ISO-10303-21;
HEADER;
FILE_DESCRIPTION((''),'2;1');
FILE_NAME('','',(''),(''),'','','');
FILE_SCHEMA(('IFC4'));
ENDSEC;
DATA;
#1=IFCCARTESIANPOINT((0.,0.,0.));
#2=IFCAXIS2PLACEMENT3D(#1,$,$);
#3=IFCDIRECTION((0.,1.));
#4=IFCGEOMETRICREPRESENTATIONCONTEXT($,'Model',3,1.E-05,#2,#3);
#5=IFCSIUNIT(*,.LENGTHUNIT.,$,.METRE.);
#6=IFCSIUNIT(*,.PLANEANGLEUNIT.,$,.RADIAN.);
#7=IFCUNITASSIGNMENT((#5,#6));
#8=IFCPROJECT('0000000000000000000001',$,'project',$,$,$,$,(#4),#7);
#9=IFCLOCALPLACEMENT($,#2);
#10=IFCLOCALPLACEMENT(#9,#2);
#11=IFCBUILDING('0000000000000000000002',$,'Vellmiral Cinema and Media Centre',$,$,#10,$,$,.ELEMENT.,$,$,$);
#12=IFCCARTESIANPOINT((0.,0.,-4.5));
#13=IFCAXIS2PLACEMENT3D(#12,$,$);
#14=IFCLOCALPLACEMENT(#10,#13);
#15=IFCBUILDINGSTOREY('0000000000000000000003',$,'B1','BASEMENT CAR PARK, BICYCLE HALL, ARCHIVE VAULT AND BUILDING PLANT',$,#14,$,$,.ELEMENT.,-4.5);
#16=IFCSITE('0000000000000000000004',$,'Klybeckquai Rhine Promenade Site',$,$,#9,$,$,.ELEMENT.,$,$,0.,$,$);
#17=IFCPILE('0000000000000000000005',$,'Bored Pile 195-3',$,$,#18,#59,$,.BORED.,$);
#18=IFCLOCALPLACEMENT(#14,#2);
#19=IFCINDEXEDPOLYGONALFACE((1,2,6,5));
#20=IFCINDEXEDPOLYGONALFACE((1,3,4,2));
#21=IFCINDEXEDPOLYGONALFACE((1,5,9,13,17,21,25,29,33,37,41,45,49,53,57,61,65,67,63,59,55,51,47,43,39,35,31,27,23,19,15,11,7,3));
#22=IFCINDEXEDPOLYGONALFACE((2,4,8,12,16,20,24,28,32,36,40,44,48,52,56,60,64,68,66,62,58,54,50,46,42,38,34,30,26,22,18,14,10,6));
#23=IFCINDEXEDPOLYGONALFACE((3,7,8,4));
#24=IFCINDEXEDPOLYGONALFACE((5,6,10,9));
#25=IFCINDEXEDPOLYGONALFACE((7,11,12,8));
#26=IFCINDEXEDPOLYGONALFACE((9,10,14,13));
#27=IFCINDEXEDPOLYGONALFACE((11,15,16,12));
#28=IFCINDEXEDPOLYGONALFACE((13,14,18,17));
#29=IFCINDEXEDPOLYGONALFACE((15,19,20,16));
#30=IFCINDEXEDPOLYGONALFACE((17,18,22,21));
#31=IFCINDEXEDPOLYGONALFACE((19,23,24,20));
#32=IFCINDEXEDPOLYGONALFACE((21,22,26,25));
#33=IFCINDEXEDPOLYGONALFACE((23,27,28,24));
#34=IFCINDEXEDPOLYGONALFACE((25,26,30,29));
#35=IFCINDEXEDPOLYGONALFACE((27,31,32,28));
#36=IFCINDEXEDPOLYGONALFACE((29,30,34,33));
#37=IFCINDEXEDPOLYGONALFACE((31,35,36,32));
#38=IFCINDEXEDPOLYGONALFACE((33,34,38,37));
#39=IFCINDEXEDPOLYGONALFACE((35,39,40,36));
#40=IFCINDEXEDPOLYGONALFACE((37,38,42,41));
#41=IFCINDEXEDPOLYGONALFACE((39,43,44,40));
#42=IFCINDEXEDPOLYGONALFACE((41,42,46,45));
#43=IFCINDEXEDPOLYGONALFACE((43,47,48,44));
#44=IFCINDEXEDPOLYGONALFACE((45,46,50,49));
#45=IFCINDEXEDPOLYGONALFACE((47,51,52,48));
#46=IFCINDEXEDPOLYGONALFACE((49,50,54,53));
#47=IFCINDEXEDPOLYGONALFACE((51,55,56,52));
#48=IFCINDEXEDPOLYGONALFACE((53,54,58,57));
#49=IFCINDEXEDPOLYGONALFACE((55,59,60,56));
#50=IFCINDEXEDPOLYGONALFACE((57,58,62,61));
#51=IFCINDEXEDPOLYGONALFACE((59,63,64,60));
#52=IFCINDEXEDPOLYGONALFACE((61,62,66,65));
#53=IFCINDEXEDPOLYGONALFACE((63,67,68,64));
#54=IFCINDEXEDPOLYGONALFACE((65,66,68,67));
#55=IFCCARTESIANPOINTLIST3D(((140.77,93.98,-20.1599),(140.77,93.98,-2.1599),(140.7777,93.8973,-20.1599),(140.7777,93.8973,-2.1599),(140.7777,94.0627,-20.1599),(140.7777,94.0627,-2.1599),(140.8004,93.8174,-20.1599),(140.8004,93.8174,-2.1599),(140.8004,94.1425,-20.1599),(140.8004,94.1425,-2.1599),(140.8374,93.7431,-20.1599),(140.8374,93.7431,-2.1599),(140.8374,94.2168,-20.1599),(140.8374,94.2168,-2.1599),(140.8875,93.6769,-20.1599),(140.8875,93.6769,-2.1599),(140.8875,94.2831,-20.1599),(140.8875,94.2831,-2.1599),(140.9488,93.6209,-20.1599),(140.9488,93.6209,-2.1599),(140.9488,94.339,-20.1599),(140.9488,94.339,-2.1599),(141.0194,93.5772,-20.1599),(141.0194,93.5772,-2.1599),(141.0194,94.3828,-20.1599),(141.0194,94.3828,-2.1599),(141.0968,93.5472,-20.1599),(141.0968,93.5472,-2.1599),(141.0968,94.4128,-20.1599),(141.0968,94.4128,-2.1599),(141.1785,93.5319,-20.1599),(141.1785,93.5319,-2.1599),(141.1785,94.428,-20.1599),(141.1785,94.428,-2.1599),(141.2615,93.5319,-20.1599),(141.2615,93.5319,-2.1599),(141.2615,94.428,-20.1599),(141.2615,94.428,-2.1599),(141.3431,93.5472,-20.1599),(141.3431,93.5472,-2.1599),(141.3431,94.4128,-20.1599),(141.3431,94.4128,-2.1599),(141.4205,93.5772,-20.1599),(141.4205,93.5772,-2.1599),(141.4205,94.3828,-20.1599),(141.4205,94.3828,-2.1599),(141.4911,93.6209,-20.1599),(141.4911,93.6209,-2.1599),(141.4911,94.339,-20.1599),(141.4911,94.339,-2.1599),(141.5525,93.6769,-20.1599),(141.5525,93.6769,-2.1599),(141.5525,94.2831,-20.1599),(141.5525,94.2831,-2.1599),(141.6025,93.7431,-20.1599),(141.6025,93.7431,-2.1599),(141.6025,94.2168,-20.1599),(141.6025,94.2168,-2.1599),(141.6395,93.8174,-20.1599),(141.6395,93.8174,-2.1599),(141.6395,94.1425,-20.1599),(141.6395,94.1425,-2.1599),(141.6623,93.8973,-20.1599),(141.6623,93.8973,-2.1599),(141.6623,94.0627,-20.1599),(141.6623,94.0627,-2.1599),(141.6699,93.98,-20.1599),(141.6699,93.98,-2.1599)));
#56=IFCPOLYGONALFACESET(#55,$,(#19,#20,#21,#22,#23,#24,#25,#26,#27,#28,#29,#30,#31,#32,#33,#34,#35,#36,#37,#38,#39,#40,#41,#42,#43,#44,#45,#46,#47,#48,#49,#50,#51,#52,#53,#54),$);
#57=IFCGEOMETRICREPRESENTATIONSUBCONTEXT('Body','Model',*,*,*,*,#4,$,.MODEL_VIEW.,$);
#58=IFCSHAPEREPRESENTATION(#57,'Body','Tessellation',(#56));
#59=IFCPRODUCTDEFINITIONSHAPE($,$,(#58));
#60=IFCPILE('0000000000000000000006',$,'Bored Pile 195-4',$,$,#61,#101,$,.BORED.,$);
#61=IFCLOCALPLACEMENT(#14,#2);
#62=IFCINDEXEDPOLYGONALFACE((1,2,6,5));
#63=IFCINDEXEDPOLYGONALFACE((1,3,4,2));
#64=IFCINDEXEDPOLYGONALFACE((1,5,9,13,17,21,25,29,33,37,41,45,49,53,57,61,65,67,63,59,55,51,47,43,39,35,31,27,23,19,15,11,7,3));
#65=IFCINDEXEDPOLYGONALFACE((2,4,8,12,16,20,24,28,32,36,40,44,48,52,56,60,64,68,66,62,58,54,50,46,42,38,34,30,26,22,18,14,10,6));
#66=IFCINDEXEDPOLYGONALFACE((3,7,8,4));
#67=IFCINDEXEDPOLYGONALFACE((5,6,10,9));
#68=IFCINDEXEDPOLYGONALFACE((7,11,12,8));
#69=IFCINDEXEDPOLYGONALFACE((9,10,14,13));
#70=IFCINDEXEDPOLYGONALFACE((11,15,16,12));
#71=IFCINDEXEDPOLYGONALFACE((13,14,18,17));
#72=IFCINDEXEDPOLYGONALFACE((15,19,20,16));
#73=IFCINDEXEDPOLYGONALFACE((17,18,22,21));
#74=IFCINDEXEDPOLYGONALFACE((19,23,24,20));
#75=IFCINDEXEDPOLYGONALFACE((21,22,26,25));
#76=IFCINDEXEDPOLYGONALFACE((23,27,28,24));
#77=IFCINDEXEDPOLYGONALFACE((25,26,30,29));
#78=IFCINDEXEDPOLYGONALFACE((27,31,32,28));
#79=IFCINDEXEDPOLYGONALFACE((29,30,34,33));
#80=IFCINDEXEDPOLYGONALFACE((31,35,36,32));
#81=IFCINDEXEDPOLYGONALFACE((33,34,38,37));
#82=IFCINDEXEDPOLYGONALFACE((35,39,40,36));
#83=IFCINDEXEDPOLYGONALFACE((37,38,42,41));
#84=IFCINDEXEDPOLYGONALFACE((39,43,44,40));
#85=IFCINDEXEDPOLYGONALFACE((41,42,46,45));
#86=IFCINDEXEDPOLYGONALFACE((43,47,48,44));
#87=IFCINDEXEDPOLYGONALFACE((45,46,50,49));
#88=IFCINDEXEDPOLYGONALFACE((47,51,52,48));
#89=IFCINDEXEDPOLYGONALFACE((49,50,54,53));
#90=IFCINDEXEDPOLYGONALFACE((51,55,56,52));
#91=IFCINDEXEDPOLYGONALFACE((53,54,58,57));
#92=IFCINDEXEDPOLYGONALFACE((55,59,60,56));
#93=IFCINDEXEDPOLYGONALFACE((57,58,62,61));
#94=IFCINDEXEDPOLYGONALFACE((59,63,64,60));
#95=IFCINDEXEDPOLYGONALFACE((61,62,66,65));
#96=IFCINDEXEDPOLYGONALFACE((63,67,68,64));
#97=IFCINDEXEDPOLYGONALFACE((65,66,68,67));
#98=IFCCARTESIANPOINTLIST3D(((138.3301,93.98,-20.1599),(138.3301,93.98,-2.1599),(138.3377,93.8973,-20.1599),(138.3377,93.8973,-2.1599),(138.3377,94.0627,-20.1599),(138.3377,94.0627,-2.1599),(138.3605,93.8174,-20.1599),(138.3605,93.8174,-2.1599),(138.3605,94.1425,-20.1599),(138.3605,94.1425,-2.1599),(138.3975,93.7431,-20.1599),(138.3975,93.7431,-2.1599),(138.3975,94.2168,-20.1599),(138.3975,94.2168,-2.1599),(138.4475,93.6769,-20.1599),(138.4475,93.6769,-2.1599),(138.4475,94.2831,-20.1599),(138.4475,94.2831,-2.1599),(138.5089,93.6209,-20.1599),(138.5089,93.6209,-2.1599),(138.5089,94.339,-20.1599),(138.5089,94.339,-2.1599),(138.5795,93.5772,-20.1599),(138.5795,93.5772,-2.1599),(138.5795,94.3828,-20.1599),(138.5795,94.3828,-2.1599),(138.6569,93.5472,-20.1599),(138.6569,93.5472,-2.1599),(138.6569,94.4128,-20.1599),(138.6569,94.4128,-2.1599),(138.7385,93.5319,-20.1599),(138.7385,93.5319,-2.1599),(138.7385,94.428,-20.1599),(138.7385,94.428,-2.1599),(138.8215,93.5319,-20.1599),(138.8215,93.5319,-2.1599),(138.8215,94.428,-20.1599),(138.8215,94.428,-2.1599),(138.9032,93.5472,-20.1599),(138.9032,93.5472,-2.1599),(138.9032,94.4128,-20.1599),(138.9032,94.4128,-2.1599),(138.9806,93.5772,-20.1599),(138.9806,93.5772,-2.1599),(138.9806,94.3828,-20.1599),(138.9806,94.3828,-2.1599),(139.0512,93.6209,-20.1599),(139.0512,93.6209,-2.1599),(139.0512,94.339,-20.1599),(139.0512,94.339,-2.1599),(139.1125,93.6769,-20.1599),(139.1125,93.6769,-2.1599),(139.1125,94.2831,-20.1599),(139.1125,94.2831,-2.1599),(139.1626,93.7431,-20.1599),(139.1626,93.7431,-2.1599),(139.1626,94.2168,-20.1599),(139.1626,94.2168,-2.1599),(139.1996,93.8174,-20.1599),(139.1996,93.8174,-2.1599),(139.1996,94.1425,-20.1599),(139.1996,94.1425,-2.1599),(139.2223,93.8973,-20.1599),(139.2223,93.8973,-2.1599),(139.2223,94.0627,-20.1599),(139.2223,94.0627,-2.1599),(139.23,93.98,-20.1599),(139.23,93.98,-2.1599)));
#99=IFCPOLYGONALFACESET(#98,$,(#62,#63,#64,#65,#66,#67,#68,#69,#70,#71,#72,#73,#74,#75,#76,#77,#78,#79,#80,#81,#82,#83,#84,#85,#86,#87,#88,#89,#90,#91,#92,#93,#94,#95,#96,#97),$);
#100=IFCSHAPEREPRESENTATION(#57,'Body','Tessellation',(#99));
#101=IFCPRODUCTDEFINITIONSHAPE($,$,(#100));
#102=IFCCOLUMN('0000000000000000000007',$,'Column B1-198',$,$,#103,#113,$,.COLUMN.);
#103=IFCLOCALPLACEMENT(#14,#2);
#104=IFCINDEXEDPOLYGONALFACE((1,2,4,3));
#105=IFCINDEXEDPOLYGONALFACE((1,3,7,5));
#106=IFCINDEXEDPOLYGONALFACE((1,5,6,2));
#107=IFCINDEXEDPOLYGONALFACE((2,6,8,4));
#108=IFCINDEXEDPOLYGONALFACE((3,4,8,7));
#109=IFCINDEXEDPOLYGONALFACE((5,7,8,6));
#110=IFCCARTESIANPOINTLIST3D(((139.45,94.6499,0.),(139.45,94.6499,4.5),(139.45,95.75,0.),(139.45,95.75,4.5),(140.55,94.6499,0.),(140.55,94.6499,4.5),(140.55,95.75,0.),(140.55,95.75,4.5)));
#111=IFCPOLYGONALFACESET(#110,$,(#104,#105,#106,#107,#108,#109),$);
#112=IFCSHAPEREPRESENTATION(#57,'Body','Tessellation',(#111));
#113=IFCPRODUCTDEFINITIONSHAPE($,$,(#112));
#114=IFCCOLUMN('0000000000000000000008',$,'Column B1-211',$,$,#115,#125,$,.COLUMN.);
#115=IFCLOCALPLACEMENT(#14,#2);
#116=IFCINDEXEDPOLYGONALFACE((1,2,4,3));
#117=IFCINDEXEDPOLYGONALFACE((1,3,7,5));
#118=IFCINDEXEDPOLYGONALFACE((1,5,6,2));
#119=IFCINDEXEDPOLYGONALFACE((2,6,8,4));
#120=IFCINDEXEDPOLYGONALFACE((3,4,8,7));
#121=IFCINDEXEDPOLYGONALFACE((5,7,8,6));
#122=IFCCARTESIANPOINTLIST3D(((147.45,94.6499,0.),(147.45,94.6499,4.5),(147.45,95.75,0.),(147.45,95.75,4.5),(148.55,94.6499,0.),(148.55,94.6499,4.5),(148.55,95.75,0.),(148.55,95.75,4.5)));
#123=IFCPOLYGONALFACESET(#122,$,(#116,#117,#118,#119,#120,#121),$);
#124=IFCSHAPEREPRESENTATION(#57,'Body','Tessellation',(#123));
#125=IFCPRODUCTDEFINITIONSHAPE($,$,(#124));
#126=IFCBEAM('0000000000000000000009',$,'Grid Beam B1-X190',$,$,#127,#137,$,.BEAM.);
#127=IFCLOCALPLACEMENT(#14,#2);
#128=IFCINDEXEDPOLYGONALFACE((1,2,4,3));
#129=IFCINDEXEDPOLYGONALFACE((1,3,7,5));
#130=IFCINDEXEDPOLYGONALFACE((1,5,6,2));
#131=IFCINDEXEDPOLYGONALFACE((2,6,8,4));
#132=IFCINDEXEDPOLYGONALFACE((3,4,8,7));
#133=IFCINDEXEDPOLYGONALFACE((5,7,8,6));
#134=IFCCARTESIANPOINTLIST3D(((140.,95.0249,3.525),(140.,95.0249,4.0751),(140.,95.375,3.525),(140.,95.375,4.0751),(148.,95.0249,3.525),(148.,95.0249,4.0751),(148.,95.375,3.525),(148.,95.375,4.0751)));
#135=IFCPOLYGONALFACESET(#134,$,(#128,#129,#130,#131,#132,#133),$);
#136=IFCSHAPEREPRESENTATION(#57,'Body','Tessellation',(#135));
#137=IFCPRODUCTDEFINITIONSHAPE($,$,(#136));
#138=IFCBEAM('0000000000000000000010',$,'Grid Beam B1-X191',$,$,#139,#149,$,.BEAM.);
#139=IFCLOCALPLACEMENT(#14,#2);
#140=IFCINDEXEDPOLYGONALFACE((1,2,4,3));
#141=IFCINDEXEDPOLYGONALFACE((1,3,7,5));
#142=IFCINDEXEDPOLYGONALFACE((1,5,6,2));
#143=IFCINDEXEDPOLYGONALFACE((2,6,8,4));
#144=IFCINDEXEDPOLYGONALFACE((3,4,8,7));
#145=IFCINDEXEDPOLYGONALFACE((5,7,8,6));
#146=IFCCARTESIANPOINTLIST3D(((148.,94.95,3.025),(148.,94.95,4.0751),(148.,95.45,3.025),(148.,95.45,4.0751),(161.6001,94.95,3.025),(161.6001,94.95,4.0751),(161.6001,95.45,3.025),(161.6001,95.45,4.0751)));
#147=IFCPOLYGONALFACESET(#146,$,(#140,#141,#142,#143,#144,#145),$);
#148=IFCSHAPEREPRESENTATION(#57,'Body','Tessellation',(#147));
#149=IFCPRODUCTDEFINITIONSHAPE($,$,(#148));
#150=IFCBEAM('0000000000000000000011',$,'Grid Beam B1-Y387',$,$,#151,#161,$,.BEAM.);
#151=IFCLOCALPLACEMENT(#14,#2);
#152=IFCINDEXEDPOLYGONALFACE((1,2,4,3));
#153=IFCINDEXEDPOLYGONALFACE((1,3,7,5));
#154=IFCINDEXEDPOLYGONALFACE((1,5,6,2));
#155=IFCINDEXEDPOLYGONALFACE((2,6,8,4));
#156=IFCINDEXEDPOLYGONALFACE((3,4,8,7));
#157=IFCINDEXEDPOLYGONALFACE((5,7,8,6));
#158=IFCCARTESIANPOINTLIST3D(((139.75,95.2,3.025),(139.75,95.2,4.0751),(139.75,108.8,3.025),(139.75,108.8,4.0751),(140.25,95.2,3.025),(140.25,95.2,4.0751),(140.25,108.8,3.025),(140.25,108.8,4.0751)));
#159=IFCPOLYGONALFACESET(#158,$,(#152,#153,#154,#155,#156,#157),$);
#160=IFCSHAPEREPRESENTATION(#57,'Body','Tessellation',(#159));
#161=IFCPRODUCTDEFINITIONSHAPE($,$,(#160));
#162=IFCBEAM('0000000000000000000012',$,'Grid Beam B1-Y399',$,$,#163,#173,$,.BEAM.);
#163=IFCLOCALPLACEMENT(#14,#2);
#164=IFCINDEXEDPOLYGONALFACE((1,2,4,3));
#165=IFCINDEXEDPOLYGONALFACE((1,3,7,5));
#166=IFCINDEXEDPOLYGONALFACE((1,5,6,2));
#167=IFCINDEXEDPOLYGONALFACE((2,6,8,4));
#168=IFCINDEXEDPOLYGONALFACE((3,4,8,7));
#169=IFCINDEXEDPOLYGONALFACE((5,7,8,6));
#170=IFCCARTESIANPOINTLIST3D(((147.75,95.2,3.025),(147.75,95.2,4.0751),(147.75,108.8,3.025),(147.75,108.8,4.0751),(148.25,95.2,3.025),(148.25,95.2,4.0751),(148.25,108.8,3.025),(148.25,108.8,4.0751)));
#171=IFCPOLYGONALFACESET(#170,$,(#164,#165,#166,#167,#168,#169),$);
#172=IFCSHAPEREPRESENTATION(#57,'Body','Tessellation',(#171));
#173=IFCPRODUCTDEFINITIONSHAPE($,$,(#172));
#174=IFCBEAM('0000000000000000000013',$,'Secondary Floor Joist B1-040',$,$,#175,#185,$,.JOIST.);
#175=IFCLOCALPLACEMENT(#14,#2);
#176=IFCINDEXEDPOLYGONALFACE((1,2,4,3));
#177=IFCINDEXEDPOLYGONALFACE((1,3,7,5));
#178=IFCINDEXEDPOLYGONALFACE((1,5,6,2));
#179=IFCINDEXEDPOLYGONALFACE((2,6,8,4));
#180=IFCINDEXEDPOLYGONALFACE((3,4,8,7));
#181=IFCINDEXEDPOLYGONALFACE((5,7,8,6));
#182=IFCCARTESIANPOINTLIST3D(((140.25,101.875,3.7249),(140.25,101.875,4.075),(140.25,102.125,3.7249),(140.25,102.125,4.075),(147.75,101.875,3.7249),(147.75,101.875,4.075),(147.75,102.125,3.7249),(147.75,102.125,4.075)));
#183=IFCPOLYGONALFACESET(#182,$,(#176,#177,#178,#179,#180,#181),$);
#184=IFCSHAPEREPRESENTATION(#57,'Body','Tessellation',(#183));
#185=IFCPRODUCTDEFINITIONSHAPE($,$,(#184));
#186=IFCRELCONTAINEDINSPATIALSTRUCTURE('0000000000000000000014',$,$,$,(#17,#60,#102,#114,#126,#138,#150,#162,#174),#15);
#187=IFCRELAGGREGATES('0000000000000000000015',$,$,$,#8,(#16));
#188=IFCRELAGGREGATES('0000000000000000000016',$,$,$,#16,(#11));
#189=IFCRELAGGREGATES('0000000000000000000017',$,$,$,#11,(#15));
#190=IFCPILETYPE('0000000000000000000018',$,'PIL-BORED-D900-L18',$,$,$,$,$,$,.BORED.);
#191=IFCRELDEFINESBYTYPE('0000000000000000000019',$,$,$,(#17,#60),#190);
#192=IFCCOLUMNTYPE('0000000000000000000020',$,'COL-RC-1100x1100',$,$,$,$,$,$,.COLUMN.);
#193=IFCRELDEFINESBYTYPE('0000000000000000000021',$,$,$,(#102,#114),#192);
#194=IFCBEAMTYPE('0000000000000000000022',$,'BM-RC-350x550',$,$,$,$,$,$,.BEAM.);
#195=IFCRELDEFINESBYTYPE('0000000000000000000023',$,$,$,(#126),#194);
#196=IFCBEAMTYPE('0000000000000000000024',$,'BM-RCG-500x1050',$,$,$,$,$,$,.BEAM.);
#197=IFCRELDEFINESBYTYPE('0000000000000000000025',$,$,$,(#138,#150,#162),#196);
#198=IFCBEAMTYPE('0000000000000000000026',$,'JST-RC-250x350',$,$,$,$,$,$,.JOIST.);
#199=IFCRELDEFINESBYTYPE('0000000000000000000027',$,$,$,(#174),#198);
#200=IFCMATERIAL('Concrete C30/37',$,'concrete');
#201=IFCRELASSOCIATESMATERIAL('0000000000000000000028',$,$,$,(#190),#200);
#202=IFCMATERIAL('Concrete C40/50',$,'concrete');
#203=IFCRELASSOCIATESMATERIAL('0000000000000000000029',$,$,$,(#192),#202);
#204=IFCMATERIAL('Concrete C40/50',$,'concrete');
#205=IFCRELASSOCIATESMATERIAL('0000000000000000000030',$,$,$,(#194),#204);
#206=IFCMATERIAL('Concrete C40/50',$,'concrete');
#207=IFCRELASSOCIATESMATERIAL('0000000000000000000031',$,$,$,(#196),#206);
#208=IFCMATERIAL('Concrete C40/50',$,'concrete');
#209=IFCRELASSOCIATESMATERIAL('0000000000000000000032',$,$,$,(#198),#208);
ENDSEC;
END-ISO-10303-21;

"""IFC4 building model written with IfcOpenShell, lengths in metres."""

from ifc_helpers import new_model, si_unit, direction, frame, origin, origin_2d, place, context, subcontext, project, spatial, rectangle, circle, extrude, material, material_profile, profile_set, type_object, element, save


model = new_model("IFC4")

# Units and contexts
model_context = context("Model", 3, precision=1e-05, world=origin(), true_north=direction((0.0, 1.0)))
body_context = subcontext(model_context, "Body", "Model", "MODEL_VIEW")
ifc_project = project(units=[si_unit("LENGTHUNIT", "METRE"), si_unit("PLANEANGLEUNIT", "RADIAN")], contexts=[model_context])

# Site, building, storey
site_placement = place(None, origin())
site = spatial("IfcSite", under=ifc_project, at=site_placement, Name="Klybeckquai Rhine Promenade Site", CompositionType="ELEMENT", RefElevation=0.0)
building_placement = place(site_placement, origin())
building = spatial("IfcBuilding", under=site, at=building_placement, Name="Vellmiral Cinema and Media Centre", CompositionType="ELEMENT")
storey_placement = place(building_placement, frame((0.0, 0.0, -4.5)))
storey = spatial("IfcBuildingStorey", under=building, at=storey_placement, Name="B1", Description="BASEMENT CAR PARK, BICYCLE HALL, ARCHIVE VAULT AND BUILDING PLANT", CompositionType="ELEMENT", Elevation=-4.5)

# Piles
ifc_material_1 = material(Name="Concrete C30/37", Category="concrete")
ifc_material_profile_1 = material_profile(ifc_material_1, circle(Radius=0.45, at=origin_2d()), Name="PILE D900")
ifc_profile_set_1 = profile_set([ifc_material_profile_1], Name="Concrete C30/37")
pile_type_1 = type_object("IfcPileType", Name="PIL-BORED-D900-L18", PredefinedType="BORED", material=ifc_profile_set_1)
for number, where, z_axis, x_axis, name in (
    (1, (141.22, 93.98, -2.1599), (0.0, 0.0, -1.0), (1.0, 0.0, 0.0), "Bored Pile 195-3"),
    (2, (138.78, 93.98, -2.1599), (0.0, 0.0, -1.0), (1.0, 0.0, 0.0), "Bored Pile 195-4"),
):
    element("IfcPile", number, at=place(storey_placement, frame(where, z_axis=z_axis, x_axis=x_axis)), inside=storey, type_object=pile_type_1, Name=name, PredefinedType="BORED", context=body_context, shape_type="SweptSolid", body=[
        extrude(circle(Radius=0.45, at=origin_2d()), origin(), (0.0, 0.0, 1.0), 18.0),
    ])

# Columns
ifc_material_2 = material(Name="Concrete C40/50", Category="concrete")
ifc_material_profile_2 = material_profile(ifc_material_2, rectangle(XDim=1.1001, YDim=1.1001, at=origin_2d()), Name="RC 1100x1100")
ifc_profile_set_2 = profile_set([ifc_material_profile_2], Name="Concrete C40/50")
column_type = type_object("IfcColumnType", Name="COL-RC-1100x1100", PredefinedType="COLUMN", material=ifc_profile_set_2)
for number, where, z_axis, x_axis, name in (
    (3, (140.0, 95.2, 0.0), (0.0, 0.0, 1.0), (1.0, 0.0, 0.0), "Column B1-198"),
    (4, (148.0, 95.2, 0.0), (0.0, 0.0, 1.0), (1.0, 0.0, 0.0), "Column B1-211"),
):
    element("IfcColumn", number, at=place(storey_placement, frame(where, z_axis=z_axis, x_axis=x_axis)), inside=storey, type_object=column_type, Name=name, PredefinedType="COLUMN", context=body_context, shape_type="SweptSolid", body=[
        extrude(rectangle(XDim=1.1001, YDim=1.1001, at=origin_2d()), origin(), (0.0, 0.0, 1.0), 4.5),
    ])

# Beams
ifc_material_3 = material(Name="Concrete C40/50", Category="concrete")
ifc_material_profile_3 = material_profile(ifc_material_3, rectangle(XDim=0.3501, YDim=0.55, at=origin_2d()), Name="RC 350x550")
ifc_profile_set_3 = profile_set([ifc_material_profile_3], Name="Concrete C40/50")
beam_type_1 = type_object("IfcBeamType", Name="BM-RC-350x550", PredefinedType="BEAM", material=ifc_profile_set_3)
beam_1_placement = place(storey_placement, frame((140.0, 95.2, 3.8), z_axis=(1.0, 0.0, 0.0), x_axis=(0.0, 1.0, 0.0)))
element("IfcBeam", 5, at=beam_1_placement, inside=storey, type_object=beam_type_1, Name="Grid Beam B1-X190", PredefinedType="BEAM", context=body_context, shape_type="SweptSolid", body=[
    extrude(rectangle(XDim=0.3501, YDim=0.55, at=origin_2d()), origin(), (0.0, 0.0, 1.0), 8.0),
])
ifc_material_4 = material(Name="Concrete C40/50", Category="concrete")
ifc_material_profile_4 = material_profile(ifc_material_4, rectangle(XDim=0.5, YDim=1.05, at=origin_2d()), Name="RC 500x1050")
ifc_profile_set_4 = profile_set([ifc_material_profile_4], Name="Concrete C40/50")
beam_type_2 = type_object("IfcBeamType", Name="BM-RCG-500x1050", PredefinedType="BEAM", material=ifc_profile_set_4)
for number, where, z_axis, x_axis, name in (
    (6, (148.0, 95.2, 3.55), (1.0, 0.0, 0.0), (0.0, 1.0, 0.0), "Grid Beam B1-X191"),
    (7, (140.0, 95.2, 3.55), (0.0, 1.0, 0.0), (-1.0, 0.0, 0.0), "Grid Beam B1-Y387"),
    (8, (148.0, 95.2, 3.55), (0.0, 1.0, 0.0), (-1.0, 0.0, 0.0), "Grid Beam B1-Y399"),
):
    element("IfcBeam", number, at=place(storey_placement, frame(where, z_axis=z_axis, x_axis=x_axis)), inside=storey, type_object=beam_type_2, Name=name, PredefinedType="BEAM", context=body_context, shape_type="SweptSolid", body=[
        extrude(rectangle(XDim=0.5, YDim=1.05, at=origin_2d()), origin(), (0.0, 0.0, 1.0), 13.6001),
    ])
ifc_material_5 = material(Name="Concrete C40/50", Category="concrete")
ifc_material_profile_5 = material_profile(ifc_material_5, rectangle(XDim=0.25, YDim=0.3501, at=origin_2d()), Name="RC 250x350")
ifc_profile_set_5 = profile_set([ifc_material_profile_5], Name="Concrete C40/50")
beam_type_3 = type_object("IfcBeamType", Name="JST-RC-250x350", PredefinedType="JOIST", material=ifc_profile_set_5)
beam_2_placement = place(storey_placement, frame((140.25, 102.0, 3.8999), z_axis=(1.0, 0.0, 0.0), x_axis=(0.0, 1.0, 0.0)))
element("IfcBeam", 9, at=beam_2_placement, inside=storey, type_object=beam_type_3, Name="Secondary Floor Joist B1-040", PredefinedType="JOIST", context=body_context, shape_type="SweptSolid", body=[
    extrude(rectangle(XDim=0.25, YDim=0.3501, at=origin_2d()), origin(), (0.0, 0.0, 1.0), 7.5),
])

save(model, "model.ifc")
